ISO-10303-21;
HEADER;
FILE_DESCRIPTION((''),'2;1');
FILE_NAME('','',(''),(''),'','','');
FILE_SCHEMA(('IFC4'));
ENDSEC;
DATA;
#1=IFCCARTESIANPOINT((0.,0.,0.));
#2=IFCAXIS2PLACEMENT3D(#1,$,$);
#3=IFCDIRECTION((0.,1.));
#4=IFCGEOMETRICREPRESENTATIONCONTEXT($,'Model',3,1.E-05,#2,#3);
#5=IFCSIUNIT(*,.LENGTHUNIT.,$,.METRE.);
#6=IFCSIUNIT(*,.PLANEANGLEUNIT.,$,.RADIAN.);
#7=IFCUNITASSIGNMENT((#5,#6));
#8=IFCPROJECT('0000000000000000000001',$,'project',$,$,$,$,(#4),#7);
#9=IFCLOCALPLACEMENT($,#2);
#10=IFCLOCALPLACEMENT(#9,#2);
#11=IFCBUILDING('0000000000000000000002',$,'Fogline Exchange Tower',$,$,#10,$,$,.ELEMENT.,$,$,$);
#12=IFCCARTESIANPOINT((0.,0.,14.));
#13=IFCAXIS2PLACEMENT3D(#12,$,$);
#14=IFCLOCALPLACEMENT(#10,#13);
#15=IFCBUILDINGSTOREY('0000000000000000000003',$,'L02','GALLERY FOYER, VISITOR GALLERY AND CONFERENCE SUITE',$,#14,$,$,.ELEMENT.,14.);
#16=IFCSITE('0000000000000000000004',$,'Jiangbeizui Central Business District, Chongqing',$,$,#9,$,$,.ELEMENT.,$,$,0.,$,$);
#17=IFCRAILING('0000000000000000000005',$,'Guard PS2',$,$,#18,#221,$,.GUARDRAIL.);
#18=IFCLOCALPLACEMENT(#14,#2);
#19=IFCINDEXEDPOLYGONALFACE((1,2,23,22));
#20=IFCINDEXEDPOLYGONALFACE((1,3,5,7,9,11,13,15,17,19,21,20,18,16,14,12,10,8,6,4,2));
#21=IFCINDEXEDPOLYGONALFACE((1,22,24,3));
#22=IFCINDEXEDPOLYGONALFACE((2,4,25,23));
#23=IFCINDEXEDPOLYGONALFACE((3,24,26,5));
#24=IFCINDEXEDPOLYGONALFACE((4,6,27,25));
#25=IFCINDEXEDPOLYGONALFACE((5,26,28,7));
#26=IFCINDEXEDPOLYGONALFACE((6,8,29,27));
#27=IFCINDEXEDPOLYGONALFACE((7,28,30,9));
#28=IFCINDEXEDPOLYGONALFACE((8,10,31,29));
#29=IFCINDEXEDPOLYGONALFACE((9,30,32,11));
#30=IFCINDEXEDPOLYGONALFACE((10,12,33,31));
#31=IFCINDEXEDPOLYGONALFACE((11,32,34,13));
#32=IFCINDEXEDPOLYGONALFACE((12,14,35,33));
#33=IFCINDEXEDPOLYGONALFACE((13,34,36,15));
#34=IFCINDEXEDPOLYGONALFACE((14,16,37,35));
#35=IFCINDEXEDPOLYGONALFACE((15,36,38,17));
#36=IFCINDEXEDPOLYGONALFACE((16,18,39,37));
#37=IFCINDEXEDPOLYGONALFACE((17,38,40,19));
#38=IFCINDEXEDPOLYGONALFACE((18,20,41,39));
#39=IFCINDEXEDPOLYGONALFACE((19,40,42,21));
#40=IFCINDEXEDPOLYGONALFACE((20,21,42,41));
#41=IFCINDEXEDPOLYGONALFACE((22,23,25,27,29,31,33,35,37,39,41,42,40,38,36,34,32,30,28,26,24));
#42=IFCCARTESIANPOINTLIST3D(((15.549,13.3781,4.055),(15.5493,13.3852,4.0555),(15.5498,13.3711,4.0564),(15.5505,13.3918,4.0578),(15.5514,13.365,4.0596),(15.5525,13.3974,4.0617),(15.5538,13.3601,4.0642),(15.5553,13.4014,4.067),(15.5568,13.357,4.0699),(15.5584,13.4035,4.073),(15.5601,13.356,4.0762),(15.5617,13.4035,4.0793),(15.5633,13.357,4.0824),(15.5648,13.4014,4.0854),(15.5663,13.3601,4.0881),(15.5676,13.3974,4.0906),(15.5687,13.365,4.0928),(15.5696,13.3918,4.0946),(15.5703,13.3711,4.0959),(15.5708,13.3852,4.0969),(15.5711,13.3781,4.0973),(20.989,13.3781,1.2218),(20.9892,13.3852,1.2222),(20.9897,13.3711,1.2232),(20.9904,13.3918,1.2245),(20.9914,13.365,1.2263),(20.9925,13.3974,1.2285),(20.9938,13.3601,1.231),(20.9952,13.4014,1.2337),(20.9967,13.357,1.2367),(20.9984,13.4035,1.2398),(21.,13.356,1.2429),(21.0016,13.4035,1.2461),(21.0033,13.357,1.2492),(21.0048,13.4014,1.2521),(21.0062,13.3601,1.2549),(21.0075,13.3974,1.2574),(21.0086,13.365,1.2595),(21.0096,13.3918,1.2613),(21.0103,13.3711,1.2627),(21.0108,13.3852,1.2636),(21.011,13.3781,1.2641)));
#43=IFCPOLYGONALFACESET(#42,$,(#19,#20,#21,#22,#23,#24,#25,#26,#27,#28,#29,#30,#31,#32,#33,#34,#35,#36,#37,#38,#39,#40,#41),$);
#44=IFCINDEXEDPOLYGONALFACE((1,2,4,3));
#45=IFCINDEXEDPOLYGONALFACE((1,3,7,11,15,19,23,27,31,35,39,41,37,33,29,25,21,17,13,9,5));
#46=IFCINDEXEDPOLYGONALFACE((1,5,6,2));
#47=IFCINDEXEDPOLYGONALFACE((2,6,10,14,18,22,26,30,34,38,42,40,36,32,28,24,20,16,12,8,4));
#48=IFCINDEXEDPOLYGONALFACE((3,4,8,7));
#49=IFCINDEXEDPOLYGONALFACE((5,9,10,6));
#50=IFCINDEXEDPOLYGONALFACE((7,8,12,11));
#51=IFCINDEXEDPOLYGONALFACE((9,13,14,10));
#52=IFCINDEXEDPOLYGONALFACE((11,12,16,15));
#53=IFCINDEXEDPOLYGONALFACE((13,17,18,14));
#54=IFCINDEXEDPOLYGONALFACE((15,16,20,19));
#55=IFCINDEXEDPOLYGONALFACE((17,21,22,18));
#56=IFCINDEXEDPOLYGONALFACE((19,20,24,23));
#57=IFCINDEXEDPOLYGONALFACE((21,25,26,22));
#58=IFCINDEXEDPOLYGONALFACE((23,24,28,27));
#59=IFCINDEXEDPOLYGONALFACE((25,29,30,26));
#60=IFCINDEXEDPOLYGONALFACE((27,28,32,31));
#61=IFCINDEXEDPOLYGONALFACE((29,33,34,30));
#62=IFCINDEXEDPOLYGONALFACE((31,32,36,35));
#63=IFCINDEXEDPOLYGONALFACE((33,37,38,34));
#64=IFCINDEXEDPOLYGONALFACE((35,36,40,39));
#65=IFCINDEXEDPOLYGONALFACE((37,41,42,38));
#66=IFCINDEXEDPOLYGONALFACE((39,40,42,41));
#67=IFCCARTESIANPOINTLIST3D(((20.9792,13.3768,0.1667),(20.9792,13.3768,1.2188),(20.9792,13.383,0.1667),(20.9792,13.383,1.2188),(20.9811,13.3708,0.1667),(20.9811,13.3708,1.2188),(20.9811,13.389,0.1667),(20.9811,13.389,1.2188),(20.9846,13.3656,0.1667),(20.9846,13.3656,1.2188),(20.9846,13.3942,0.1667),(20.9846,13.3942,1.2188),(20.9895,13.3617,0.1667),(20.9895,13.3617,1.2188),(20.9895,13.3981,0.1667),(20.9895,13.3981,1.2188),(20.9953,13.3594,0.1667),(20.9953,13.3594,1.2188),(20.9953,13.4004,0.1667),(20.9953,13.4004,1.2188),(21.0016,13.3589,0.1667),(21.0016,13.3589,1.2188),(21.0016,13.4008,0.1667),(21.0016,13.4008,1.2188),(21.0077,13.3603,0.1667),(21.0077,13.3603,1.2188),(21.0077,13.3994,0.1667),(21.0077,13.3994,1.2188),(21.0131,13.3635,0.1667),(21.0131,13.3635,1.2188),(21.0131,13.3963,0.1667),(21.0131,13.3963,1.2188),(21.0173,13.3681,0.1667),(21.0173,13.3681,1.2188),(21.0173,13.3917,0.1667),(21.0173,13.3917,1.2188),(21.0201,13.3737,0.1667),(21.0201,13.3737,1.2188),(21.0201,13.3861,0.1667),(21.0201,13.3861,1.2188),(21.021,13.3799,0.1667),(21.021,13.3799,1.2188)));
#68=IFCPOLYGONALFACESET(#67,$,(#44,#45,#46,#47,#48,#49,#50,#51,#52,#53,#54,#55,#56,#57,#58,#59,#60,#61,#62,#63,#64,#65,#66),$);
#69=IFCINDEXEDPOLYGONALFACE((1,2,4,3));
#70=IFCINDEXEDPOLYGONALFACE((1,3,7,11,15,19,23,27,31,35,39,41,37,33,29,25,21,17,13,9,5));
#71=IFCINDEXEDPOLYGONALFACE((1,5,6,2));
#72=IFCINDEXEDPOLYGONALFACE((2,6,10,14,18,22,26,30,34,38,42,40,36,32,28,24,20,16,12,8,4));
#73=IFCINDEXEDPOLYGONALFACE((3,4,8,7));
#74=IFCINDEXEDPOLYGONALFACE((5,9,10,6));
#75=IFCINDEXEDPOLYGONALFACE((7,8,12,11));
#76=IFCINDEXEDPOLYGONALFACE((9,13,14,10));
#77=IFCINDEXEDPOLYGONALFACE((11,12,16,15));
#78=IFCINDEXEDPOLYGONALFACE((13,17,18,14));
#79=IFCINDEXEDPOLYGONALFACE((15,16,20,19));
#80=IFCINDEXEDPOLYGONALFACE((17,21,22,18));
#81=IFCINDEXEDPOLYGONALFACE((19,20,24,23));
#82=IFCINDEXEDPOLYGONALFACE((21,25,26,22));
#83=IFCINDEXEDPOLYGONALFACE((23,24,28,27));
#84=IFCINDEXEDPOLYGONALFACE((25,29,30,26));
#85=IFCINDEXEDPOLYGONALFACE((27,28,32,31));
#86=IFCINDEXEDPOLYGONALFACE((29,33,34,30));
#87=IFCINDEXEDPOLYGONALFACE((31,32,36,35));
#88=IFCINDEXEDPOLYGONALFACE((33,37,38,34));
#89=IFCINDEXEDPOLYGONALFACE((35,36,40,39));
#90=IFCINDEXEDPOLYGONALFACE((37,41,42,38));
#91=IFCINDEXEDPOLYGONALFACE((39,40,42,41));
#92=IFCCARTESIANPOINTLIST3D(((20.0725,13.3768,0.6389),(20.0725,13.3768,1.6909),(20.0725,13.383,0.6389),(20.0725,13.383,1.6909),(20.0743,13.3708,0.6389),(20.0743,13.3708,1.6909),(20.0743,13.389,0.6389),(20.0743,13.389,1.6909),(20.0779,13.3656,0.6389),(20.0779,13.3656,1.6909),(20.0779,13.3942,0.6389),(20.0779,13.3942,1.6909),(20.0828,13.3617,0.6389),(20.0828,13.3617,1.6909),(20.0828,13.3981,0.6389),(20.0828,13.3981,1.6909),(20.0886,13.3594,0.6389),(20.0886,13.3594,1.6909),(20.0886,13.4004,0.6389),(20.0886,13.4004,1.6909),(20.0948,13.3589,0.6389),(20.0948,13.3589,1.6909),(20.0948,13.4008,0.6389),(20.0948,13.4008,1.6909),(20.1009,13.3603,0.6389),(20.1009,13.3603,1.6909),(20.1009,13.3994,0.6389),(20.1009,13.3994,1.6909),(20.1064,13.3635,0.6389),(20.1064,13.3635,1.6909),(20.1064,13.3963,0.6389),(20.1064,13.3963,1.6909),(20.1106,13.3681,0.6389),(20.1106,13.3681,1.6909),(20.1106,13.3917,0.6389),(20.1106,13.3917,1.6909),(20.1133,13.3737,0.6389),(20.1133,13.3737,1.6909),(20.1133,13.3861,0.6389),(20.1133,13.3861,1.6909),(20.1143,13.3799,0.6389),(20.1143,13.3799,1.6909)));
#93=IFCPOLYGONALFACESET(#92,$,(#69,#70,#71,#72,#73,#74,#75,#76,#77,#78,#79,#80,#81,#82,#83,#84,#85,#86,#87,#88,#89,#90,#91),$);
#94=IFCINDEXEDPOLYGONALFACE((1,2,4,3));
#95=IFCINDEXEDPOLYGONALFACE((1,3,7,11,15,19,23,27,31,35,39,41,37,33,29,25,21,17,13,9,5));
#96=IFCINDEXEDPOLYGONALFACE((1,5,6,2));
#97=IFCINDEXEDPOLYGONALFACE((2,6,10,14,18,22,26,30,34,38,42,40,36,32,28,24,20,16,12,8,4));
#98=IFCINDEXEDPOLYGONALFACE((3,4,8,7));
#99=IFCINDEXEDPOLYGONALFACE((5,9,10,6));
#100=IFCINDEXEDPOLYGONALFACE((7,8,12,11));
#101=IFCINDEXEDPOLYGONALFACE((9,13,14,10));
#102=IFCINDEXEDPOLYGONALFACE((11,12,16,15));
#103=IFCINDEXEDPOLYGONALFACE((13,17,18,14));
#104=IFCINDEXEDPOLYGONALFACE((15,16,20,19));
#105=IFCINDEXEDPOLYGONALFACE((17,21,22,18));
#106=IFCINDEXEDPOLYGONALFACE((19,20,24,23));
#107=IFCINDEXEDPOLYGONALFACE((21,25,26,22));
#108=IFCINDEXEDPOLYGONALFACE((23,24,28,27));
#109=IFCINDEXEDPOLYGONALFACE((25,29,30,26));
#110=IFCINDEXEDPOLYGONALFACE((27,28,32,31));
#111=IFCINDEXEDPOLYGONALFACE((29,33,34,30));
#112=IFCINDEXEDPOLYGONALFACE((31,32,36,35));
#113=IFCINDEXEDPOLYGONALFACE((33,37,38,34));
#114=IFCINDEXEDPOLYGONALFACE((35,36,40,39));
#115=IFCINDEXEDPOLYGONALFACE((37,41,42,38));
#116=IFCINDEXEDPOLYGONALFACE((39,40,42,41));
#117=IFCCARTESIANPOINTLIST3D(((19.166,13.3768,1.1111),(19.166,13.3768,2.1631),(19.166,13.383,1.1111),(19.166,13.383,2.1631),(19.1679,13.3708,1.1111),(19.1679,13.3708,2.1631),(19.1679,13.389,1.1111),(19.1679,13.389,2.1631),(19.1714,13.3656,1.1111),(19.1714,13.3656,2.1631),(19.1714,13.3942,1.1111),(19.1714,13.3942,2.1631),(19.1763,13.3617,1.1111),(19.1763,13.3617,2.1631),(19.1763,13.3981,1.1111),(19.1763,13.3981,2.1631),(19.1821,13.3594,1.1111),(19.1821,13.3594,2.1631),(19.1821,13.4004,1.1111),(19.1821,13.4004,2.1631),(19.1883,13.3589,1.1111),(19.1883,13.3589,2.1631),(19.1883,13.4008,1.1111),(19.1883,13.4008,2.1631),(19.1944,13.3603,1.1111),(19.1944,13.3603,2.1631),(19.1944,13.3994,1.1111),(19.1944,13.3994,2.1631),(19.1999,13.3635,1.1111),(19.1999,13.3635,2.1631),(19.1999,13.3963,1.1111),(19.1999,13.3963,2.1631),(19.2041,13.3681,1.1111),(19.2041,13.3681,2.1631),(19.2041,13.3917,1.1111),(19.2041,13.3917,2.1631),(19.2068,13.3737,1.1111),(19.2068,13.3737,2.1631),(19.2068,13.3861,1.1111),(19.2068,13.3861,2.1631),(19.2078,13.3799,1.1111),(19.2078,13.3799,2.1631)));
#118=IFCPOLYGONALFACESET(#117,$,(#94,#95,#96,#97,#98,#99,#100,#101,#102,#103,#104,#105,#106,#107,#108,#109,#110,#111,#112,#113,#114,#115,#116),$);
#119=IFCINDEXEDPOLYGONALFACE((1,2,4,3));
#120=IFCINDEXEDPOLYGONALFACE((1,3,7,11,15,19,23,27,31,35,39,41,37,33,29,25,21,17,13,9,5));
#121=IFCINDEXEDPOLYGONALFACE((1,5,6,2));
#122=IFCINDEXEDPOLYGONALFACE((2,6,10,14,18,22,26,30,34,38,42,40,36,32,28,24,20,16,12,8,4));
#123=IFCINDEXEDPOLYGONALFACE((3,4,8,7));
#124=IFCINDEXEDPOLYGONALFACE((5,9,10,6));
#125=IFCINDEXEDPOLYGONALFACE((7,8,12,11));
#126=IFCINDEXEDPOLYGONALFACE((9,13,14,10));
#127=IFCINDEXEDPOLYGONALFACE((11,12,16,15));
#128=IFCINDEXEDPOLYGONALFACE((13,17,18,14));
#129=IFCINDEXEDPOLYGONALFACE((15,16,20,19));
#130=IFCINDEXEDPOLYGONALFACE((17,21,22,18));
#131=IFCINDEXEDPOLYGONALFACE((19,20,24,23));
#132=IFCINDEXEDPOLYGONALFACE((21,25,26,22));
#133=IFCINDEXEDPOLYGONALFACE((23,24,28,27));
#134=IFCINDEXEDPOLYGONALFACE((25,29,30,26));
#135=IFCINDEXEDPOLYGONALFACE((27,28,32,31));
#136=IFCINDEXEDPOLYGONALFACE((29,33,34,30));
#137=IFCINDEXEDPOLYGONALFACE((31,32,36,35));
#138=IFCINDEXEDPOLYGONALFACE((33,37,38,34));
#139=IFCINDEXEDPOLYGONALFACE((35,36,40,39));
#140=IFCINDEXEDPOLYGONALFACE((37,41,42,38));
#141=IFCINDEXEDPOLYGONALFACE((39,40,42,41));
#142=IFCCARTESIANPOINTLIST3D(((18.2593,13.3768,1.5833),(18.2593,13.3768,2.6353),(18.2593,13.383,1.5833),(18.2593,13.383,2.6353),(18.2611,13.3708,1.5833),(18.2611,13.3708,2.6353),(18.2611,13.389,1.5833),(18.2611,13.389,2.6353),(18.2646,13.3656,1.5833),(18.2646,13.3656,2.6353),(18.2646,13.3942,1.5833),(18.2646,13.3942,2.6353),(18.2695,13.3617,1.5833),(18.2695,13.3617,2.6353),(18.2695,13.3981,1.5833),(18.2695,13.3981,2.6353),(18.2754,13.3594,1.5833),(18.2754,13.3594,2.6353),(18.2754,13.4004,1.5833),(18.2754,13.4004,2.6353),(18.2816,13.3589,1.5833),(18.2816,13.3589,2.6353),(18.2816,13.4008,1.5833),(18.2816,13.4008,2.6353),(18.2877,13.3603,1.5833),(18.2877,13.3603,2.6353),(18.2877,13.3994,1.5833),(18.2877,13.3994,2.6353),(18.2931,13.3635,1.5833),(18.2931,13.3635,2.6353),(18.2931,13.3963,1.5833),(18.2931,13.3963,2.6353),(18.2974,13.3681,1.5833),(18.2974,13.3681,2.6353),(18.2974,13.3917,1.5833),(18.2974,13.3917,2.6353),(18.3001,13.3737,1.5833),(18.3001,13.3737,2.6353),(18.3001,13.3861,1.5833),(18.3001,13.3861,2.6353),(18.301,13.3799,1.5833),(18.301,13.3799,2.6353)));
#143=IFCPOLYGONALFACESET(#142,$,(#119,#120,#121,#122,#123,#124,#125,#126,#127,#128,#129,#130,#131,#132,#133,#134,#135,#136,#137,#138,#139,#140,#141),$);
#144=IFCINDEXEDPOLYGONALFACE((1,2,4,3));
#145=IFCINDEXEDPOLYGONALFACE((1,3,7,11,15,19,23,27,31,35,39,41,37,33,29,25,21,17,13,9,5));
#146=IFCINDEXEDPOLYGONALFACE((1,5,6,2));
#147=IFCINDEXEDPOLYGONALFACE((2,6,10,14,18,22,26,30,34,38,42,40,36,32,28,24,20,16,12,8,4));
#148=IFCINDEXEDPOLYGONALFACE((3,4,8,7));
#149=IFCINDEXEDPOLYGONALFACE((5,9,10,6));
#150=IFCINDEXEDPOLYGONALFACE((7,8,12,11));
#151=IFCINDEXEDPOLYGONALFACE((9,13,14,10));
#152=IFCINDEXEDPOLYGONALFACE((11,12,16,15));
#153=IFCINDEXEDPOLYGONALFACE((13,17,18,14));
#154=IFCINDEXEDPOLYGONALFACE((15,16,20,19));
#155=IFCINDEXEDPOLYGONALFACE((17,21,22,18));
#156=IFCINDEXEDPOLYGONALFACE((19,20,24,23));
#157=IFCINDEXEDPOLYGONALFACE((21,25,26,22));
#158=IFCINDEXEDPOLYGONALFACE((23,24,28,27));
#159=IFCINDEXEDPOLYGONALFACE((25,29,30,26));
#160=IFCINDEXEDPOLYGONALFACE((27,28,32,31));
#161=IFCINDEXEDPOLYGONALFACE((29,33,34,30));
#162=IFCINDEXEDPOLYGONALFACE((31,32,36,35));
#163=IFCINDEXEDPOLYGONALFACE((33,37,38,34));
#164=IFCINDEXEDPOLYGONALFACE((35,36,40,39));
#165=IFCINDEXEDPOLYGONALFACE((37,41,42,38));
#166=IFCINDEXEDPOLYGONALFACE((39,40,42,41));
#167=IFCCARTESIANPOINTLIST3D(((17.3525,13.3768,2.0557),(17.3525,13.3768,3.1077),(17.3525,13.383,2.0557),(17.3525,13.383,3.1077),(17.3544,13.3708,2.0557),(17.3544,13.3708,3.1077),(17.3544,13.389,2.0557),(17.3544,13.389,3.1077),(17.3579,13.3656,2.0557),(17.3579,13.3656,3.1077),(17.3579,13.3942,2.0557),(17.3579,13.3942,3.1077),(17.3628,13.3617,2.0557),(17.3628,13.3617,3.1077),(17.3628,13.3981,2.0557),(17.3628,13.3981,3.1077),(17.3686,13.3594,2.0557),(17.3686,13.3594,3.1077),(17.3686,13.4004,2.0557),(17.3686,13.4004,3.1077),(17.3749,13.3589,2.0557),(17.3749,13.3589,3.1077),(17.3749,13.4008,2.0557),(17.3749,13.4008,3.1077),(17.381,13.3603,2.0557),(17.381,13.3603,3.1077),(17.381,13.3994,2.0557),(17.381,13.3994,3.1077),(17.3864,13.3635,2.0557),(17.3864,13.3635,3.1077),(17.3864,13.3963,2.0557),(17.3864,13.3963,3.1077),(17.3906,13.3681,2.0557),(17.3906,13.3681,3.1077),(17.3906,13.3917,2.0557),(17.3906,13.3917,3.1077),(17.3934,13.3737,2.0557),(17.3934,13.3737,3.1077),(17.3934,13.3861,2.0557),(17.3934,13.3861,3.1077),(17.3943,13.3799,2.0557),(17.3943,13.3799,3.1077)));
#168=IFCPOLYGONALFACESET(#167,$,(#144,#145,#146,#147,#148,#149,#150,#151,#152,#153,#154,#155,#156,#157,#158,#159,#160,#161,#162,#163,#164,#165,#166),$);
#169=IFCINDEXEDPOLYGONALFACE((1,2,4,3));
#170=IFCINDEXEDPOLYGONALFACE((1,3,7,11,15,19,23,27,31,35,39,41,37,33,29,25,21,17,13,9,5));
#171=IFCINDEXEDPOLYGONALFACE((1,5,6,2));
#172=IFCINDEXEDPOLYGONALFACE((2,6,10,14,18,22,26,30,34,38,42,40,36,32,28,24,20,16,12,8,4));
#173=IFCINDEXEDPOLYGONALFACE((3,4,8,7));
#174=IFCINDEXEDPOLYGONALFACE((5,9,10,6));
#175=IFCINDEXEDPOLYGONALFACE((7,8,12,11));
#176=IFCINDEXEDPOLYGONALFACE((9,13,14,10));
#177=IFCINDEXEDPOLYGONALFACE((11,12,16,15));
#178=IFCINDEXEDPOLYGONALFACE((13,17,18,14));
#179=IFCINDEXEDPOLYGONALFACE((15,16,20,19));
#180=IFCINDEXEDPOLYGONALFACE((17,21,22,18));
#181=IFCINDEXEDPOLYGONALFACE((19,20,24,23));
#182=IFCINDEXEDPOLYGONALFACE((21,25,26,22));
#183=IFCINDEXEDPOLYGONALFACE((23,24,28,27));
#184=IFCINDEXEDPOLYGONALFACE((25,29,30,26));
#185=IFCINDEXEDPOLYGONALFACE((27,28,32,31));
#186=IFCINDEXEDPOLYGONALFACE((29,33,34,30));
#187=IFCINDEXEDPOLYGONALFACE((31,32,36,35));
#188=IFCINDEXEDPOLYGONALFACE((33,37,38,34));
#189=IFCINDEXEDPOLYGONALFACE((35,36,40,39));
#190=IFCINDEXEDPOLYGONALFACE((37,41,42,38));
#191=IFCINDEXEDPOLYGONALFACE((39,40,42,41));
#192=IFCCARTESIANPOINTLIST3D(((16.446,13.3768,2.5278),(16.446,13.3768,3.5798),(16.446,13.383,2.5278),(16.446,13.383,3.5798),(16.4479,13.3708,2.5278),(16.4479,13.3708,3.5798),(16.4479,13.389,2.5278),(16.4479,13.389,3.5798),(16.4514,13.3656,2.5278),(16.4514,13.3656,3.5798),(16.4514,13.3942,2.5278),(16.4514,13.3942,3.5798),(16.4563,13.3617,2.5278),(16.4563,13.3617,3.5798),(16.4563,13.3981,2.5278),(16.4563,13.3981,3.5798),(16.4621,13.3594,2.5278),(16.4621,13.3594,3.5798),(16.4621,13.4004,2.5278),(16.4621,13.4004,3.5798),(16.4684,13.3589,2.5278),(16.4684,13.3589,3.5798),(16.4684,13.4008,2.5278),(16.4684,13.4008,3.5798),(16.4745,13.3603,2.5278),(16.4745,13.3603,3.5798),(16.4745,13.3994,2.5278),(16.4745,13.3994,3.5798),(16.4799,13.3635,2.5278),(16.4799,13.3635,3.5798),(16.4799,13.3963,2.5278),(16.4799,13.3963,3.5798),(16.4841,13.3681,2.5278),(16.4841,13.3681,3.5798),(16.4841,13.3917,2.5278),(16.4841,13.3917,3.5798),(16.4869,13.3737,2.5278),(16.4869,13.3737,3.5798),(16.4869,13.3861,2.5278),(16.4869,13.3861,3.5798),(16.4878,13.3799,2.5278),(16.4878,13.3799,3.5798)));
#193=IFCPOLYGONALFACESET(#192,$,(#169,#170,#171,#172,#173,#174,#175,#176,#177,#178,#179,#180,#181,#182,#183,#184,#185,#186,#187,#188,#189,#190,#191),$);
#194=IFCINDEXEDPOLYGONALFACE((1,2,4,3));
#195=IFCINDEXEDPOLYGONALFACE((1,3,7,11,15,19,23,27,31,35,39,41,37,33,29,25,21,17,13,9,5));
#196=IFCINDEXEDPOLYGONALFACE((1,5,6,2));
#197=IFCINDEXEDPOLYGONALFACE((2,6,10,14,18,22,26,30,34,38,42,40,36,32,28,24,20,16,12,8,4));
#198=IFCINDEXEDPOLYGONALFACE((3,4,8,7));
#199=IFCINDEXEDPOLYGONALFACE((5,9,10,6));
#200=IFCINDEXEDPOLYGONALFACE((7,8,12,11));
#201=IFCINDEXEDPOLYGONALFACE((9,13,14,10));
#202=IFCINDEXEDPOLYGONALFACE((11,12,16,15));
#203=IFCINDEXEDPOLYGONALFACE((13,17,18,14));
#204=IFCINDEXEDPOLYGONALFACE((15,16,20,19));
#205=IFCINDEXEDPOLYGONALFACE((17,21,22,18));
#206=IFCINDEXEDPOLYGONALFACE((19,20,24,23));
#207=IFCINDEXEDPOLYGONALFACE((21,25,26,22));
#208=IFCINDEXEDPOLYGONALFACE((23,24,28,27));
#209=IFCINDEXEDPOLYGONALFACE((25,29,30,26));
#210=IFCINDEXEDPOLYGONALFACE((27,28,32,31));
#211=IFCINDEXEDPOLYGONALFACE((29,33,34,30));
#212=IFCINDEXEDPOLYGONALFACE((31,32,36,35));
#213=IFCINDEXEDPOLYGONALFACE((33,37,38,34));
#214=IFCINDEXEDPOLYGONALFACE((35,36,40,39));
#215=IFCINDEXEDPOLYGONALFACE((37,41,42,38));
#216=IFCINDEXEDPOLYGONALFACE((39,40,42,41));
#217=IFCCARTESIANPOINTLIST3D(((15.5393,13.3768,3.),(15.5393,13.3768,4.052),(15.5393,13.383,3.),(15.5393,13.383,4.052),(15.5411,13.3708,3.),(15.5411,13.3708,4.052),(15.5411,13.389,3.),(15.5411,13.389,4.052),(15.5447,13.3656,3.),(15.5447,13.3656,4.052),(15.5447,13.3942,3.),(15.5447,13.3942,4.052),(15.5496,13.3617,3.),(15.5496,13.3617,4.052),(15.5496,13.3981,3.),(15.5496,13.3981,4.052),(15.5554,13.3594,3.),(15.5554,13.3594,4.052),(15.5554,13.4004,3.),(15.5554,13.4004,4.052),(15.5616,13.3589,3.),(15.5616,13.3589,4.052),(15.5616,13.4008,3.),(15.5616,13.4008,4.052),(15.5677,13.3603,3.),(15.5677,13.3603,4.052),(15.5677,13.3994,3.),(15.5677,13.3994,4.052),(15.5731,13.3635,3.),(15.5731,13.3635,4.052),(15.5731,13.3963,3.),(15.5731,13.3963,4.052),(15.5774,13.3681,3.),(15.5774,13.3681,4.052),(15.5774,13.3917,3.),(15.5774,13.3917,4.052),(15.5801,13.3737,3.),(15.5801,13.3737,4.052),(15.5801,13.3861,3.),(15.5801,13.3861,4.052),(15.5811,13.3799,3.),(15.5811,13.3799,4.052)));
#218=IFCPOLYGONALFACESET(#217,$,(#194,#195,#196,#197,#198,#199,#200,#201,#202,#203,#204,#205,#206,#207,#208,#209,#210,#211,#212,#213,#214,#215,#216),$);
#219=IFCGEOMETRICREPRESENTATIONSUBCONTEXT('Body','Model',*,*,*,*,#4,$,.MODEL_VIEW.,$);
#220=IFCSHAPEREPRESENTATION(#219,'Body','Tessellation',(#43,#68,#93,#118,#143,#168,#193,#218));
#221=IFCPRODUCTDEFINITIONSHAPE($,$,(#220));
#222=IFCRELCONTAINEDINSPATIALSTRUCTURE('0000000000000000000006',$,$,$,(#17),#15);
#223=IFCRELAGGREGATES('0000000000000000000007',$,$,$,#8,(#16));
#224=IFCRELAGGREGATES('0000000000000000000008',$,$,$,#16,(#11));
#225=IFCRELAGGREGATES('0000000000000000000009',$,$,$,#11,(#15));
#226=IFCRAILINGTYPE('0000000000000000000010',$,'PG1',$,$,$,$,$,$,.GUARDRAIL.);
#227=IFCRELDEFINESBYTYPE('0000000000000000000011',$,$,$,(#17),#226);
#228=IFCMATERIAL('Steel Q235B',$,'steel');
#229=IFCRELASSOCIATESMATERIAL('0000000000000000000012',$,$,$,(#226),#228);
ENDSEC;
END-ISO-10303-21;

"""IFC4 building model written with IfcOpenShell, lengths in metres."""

from ifc_helpers import new_model, si_unit, direction, frame, origin, origin_2d, place, context, subcontext, project, spatial, circle, extrude, material, type_object, element, save


model = new_model("IFC4")

# Units and contexts
model_context = context("Model", 3, precision=1e-05, world=origin(), true_north=direction((0.0, 1.0)))
body_context = subcontext(model_context, "Body", "Model", "MODEL_VIEW")
ifc_project = project(units=[si_unit("LENGTHUNIT", "METRE"), si_unit("PLANEANGLEUNIT", "RADIAN")], contexts=[model_context])

# Site, building, storey
site_placement = place(None, origin())
site = spatial("IfcSite", under=ifc_project, at=site_placement, Name="Jiangbeizui Central Business District, Chongqing", CompositionType="ELEMENT", RefElevation=0.0)
building_placement = place(site_placement, origin())
building = spatial("IfcBuilding", under=site, at=building_placement, Name="Fogline Exchange Tower", CompositionType="ELEMENT")
storey_placement = place(building_placement, frame((0.0, 0.0, 14.0)))
storey = spatial("IfcBuildingStorey", under=building, at=storey_placement, Name="L02", Description="GALLERY FOYER, VISITOR GALLERY AND CONFERENCE SUITE", CompositionType="ELEMENT", Elevation=14.0)

# Railing
ifc_material_1 = material(Name="Steel Q235B", Category="steel")
railing_type_1 = type_object("IfcRailingType", Name="PG1", PredefinedType="GUARDRAIL", material=ifc_material_1)
railing_1_placement = place(storey_placement, frame((21.0, 13.3799, 0.1667)))
element("IfcRailing", 1, at=railing_1_placement, inside=storey, type_object=railing_type_1, Name="Guard PS2", PredefinedType="GUARDRAIL", context=body_context, shape_type="SweptSolid", body=[
    extrude(circle(Radius=0.0239, at=origin_2d()), frame((0.0, 0.0, 1.0762), z_axis=(-0.886917, 0.0, 0.461928), x_axis=(0.0, -1.0, 0.0)), (0.0, 0.0, 1.0), 6.1335),
    extrude(circle(Radius=0.021, at=origin_2d()), origin(), (0.0, 0.0, 1.0), 1.052),
    extrude(circle(Radius=0.021, at=origin_2d()), frame((-0.9067, 0.0, 0.4722)), (0.0, 0.0, 1.0), 1.052),
    extrude(circle(Radius=0.021, at=origin_2d()), frame((-1.8132, 0.0, 0.9443)), (0.0, 0.0, 1.0), 1.052),
    extrude(circle(Radius=0.021, at=origin_2d()), frame((-2.72, 0.0, 1.4165)), (0.0, 0.0, 1.0), 1.052),
    extrude(circle(Radius=0.021, at=origin_2d()), frame((-3.6267, 0.0, 1.8889)), (0.0, 0.0, 1.0), 1.052),
    extrude(circle(Radius=0.021, at=origin_2d()), frame((-4.5332, 0.0, 2.3611)), (0.0, 0.0, 1.0), 1.052),
    extrude(circle(Radius=0.021, at=origin_2d()), frame((-5.4399, 0.0, 2.8333)), (0.0, 0.0, 1.0), 1.052),
])

save(model, "model.ifc")
